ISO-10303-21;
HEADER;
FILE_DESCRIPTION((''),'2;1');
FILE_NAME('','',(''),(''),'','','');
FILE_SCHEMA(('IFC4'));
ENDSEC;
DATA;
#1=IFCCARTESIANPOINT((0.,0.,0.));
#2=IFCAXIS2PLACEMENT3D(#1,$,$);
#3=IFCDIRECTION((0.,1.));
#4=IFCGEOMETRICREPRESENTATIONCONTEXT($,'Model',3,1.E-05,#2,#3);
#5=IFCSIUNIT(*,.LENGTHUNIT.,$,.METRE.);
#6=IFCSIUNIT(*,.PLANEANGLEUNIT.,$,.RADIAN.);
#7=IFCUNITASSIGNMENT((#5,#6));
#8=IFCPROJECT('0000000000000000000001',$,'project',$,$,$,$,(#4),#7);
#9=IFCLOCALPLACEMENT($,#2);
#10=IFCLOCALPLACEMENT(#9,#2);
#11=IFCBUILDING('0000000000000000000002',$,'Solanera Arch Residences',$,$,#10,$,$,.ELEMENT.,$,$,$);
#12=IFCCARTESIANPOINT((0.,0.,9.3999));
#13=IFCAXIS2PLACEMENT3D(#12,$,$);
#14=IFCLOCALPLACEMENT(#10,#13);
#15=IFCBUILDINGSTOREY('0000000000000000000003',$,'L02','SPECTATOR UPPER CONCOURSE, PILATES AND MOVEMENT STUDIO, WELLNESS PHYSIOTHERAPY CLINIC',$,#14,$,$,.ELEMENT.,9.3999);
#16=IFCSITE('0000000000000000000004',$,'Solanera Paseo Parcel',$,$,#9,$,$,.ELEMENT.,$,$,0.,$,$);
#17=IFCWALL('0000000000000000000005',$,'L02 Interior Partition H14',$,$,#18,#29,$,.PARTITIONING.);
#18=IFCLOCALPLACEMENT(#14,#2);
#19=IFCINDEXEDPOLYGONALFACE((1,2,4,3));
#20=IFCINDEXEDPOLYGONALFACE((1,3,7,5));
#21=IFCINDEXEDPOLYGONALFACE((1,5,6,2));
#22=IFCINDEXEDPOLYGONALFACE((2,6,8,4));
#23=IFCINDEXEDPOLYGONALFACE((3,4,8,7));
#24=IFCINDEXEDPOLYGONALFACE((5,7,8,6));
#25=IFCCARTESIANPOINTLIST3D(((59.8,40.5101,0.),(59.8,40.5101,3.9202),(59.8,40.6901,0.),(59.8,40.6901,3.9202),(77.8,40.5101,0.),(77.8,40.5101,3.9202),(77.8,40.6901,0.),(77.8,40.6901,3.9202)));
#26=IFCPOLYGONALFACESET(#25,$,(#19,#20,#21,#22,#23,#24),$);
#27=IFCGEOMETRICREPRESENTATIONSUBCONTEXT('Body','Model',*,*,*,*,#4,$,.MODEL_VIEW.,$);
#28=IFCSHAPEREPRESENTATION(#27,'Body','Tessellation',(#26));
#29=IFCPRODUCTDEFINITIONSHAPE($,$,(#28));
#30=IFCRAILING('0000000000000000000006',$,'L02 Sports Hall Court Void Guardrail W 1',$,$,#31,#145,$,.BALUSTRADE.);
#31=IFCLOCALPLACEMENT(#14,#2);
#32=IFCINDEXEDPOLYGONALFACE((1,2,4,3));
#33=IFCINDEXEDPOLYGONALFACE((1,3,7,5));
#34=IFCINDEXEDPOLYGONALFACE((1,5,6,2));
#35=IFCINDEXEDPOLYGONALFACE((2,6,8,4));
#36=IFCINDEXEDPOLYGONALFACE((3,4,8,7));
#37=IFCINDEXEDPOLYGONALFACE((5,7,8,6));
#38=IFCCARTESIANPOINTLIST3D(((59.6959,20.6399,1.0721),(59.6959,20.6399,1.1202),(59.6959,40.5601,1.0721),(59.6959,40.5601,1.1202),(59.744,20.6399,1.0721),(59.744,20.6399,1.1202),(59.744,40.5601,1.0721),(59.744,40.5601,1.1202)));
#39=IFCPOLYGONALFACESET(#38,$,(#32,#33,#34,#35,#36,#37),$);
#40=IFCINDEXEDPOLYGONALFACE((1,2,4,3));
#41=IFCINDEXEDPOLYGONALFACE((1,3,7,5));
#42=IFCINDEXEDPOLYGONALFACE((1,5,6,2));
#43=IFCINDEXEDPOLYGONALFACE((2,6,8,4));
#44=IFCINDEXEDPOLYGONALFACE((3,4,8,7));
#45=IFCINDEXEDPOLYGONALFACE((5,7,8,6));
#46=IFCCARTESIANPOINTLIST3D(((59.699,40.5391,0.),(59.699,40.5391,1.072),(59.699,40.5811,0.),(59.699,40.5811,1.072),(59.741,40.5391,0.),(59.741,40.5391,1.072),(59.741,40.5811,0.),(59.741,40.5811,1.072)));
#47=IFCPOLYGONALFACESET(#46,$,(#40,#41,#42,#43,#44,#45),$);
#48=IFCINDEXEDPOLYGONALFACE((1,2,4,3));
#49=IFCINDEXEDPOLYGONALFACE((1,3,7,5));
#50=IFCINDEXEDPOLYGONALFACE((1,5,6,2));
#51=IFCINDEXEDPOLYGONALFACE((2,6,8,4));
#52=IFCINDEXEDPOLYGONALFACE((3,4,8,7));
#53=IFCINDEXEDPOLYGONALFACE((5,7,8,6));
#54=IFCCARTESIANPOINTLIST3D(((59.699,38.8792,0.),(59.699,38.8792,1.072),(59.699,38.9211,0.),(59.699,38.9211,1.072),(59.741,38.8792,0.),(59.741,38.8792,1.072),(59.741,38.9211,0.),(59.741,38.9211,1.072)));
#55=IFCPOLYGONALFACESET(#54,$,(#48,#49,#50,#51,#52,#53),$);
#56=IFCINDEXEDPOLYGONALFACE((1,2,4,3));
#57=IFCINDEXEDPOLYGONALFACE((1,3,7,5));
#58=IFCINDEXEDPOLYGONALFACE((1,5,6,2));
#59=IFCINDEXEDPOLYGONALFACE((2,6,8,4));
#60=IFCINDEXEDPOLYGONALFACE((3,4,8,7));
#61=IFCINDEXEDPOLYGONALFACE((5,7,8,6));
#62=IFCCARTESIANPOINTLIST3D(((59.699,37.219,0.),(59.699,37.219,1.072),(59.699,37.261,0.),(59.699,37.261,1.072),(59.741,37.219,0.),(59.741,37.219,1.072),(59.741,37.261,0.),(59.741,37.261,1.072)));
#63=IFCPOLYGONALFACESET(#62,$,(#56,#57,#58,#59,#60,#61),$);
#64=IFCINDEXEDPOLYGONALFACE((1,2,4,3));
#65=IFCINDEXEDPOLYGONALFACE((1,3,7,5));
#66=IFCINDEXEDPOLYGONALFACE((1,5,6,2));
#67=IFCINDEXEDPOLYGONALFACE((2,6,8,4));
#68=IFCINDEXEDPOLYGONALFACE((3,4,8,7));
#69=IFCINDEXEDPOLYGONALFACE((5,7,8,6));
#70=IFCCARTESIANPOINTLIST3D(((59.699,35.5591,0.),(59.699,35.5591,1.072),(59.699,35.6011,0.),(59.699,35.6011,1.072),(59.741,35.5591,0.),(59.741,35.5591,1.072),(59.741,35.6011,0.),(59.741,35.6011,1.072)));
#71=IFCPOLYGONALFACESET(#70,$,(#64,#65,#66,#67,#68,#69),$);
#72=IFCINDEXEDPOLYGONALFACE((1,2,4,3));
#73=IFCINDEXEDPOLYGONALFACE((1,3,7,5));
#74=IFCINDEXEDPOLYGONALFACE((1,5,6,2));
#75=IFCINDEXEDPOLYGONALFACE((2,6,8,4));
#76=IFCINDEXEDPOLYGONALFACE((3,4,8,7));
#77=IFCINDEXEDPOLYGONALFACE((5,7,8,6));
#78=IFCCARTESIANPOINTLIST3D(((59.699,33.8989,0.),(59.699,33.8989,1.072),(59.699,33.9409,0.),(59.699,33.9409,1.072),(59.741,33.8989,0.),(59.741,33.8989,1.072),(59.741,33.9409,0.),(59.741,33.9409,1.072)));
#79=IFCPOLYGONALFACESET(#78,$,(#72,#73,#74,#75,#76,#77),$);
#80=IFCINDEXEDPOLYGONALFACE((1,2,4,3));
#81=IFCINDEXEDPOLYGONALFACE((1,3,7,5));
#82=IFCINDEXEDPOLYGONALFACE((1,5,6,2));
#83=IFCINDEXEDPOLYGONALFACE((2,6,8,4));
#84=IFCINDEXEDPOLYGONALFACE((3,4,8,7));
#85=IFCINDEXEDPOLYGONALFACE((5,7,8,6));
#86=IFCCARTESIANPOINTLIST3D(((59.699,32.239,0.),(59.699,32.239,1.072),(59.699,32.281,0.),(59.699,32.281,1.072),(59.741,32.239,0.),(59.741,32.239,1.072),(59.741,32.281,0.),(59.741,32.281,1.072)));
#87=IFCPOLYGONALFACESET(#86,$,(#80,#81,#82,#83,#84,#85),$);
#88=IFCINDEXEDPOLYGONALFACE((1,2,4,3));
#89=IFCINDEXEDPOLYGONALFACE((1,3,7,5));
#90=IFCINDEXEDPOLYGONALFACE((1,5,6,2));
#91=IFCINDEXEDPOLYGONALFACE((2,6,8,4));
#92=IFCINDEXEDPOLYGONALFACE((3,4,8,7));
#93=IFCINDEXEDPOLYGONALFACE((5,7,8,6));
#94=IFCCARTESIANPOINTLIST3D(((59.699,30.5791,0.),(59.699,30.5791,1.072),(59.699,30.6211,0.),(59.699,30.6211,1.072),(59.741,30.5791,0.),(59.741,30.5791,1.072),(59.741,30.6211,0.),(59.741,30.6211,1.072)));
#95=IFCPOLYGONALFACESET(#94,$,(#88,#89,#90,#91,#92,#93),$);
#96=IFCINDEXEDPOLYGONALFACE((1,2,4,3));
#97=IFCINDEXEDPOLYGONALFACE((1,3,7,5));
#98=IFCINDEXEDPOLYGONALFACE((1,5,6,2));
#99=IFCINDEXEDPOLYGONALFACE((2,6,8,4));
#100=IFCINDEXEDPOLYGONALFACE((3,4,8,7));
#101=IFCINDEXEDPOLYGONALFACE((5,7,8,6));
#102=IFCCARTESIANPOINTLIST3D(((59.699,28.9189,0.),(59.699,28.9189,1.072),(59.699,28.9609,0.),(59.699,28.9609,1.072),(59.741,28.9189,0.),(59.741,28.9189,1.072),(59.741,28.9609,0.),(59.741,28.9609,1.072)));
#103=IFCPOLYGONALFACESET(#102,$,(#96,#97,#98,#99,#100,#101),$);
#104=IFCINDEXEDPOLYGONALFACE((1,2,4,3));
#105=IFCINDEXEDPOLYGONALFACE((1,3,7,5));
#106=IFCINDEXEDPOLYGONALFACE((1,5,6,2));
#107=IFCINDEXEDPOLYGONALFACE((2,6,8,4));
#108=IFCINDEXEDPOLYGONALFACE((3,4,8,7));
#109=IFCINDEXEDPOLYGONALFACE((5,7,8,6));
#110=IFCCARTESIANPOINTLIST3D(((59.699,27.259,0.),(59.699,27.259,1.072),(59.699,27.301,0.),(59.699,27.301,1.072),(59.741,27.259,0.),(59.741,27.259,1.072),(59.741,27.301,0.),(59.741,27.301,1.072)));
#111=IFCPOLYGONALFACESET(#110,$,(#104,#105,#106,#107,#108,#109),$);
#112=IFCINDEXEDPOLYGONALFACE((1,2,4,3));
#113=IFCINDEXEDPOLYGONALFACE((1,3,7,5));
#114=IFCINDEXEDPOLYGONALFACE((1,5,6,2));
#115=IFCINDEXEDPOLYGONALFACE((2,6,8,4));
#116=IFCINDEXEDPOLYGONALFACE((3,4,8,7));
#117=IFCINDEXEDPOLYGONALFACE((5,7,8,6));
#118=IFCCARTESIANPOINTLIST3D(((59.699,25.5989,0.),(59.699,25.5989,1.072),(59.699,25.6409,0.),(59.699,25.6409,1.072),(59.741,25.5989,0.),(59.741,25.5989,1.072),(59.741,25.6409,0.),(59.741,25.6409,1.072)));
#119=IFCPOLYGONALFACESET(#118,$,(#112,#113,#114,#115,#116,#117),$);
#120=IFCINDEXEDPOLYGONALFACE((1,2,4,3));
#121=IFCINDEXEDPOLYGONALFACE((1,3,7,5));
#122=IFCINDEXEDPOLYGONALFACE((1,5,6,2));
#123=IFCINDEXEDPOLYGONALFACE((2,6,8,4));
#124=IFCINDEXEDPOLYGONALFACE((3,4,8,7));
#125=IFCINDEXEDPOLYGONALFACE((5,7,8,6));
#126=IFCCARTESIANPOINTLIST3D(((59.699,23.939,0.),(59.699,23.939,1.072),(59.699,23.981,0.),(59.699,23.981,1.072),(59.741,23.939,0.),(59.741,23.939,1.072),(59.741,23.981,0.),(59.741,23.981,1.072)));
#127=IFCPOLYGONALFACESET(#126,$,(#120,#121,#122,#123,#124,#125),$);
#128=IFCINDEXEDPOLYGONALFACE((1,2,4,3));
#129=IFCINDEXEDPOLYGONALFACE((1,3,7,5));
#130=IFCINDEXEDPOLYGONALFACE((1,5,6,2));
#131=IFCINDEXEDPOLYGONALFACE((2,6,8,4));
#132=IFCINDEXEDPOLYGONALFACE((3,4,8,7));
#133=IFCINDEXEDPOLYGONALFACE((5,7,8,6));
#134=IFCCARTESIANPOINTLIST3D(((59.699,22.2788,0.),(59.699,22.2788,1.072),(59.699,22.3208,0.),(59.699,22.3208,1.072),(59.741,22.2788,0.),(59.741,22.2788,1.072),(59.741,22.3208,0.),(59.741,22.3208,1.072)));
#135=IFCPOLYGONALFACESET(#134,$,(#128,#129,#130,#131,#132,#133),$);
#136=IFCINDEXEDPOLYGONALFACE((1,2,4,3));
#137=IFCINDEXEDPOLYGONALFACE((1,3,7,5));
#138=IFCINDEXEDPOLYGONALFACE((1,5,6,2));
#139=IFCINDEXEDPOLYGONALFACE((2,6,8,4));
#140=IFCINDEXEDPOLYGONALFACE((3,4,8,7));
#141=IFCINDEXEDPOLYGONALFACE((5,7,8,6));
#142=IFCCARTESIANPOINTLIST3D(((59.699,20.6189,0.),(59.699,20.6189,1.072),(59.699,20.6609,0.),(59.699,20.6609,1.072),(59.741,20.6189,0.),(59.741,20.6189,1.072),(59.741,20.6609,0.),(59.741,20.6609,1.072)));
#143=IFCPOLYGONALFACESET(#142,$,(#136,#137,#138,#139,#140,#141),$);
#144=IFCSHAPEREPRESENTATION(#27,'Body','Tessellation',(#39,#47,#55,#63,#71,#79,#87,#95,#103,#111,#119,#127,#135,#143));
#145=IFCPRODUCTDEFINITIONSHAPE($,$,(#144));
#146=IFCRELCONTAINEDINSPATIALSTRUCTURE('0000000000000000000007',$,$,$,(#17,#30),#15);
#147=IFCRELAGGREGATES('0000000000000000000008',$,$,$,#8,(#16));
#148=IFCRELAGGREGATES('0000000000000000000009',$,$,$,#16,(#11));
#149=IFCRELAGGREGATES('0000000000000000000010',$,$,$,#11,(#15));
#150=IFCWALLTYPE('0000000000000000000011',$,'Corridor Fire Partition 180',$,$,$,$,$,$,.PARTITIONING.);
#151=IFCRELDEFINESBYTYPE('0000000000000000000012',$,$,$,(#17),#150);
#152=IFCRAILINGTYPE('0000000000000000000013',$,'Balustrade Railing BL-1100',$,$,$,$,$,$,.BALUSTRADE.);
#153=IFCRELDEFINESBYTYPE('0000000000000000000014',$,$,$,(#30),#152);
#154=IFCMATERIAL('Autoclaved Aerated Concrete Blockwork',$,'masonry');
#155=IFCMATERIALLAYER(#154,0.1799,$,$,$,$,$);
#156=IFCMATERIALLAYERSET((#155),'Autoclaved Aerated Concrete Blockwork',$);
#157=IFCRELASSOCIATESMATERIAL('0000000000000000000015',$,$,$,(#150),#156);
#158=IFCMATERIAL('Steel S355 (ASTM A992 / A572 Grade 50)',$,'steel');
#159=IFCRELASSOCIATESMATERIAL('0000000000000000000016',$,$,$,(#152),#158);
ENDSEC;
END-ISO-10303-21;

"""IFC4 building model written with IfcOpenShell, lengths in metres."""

from ifc_helpers import new_model, si_unit, direction, frame, frame_2d, origin, origin_2d, place, context, subcontext, project, spatial, rectangle, extrude, material, layer, layer_set, type_object, element, save


model = new_model("IFC4")

# Units and contexts
model_context = context("Model", 3, precision=1e-05, world=origin(), true_north=direction((0.0, 1.0)))
body_context = subcontext(model_context, "Body", "Model", "MODEL_VIEW")
ifc_project = project(units=[si_unit("LENGTHUNIT", "METRE"), si_unit("PLANEANGLEUNIT", "RADIAN")], contexts=[model_context])

# Site, building, storey
site_placement = place(None, origin())
site = spatial("IfcSite", under=ifc_project, at=site_placement, Name="Solanera Paseo Parcel", CompositionType="ELEMENT", RefElevation=0.0)
building_placement = place(site_placement, origin())
building = spatial("IfcBuilding", under=site, at=building_placement, Name="Solanera Arch Residences", CompositionType="ELEMENT")
storey_placement = place(building_placement, frame((0.0, 0.0, 9.3999)))
storey = spatial("IfcBuildingStorey", under=building, at=storey_placement, Name="L02", Description="SPECTATOR UPPER CONCOURSE, PILATES AND MOVEMENT STUDIO, WELLNESS PHYSIOTHERAPY CLINIC", CompositionType="ELEMENT", Elevation=9.3999)

# Wall
ifc_material_1 = material(Name="Autoclaved Aerated Concrete Blockwork", Category="masonry")
ifc_layer_1 = layer(ifc_material_1, 0.1799)
ifc_layer_set_1 = layer_set([ifc_layer_1], Name="Autoclaved Aerated Concrete Blockwork")
wall_type_1 = type_object("IfcWallType", Name="Corridor Fire Partition 180", PredefinedType="PARTITIONING", material=ifc_layer_set_1)
wall_1_placement = place(storey_placement, frame((59.8, 40.6001, 0.0), z_axis=(0.0, 0.0, 1.0), x_axis=(1.0, 0.0, 0.0)))
element("IfcWall", 1, at=wall_1_placement, inside=storey, type_object=wall_type_1, Name="L02 Interior Partition H14", PredefinedType="PARTITIONING", context=body_context, shape_type="SweptSolid", body=[
    extrude(rectangle(XDim=18.0, YDim=0.1799, at=frame_2d((9.0, 0.0))), origin(), (0.0, 0.0, 1.0), 3.9202),
])

# Railing
ifc_material_2 = material(Name="Steel S355 (ASTM A992 / A572 Grade 50)", Category="steel")
railing_type = type_object("IfcRailingType", Name="Balustrade Railing BL-1100", PredefinedType="BALUSTRADE", material=ifc_material_2)
railing_placement = place(storey_placement, frame((59.72, 40.5601, 0.0)))
element("IfcRailing", 2, at=railing_placement, inside=storey, type_object=railing_type, Name="L02 Sports Hall Court Void Guardrail W 1", PredefinedType="BALUSTRADE", context=body_context, shape_type="SweptSolid", body=[
    extrude(rectangle(XDim=0.0481, YDim=0.0481, at=origin_2d()), frame((0.0, 0.0, 1.0962), z_axis=(0.0, -1.0, 0.0), x_axis=(1.0, 0.0, 0.0)), (0.0, 0.0, 1.0), 19.9202),
    extrude(rectangle(XDim=0.042, YDim=0.042, at=origin_2d()), origin(), (0.0, 0.0, 1.0), 1.072),
    extrude(rectangle(XDim=0.042, YDim=0.042, at=origin_2d()), frame((0.0, -1.6599, 0.0)), (0.0, 0.0, 1.0), 1.072),
    extrude(rectangle(XDim=0.042, YDim=0.042, at=origin_2d()), frame((0.0, -3.3201, 0.0)), (0.0, 0.0, 1.0), 1.072),
    extrude(rectangle(XDim=0.042, YDim=0.042, at=origin_2d()), frame((0.0, -4.98, 0.0)), (0.0, 0.0, 1.0), 1.072),
    extrude(rectangle(XDim=0.042, YDim=0.042, at=origin_2d()), frame((0.0, -6.6401, 0.0)), (0.0, 0.0, 1.0), 1.072),
    extrude(rectangle(XDim=0.042, YDim=0.042, at=origin_2d()), frame((0.0, -8.3, 0.0)), (0.0, 0.0, 1.0), 1.072),
    extrude(rectangle(XDim=0.042, YDim=0.042, at=origin_2d()), frame((0.0, -9.96, 0.0)), (0.0, 0.0, 1.0), 1.072),
    extrude(rectangle(XDim=0.042, YDim=0.042, at=origin_2d()), frame((0.0, -11.6201, 0.0)), (0.0, 0.0, 1.0), 1.072),
    extrude(rectangle(XDim=0.042, YDim=0.042, at=origin_2d()), frame((0.0, -13.28, 0.0)), (0.0, 0.0, 1.0), 1.072),
    extrude(rectangle(XDim=0.042, YDim=0.042, at=origin_2d()), frame((0.0, -14.9402, 0.0)), (0.0, 0.0, 1.0), 1.072),
    extrude(rectangle(XDim=0.042, YDim=0.042, at=origin_2d()), frame((0.0, -16.6001, 0.0)), (0.0, 0.0, 1.0), 1.072),
    extrude(rectangle(XDim=0.042, YDim=0.042, at=origin_2d()), frame((0.0, -18.2603, 0.0)), (0.0, 0.0, 1.0), 1.072),
    extrude(rectangle(XDim=0.042, YDim=0.042, at=origin_2d()), frame((0.0, -19.9202, 0.0)), (0.0, 0.0, 1.0), 1.072),
])

save(model, "model.ifc")
